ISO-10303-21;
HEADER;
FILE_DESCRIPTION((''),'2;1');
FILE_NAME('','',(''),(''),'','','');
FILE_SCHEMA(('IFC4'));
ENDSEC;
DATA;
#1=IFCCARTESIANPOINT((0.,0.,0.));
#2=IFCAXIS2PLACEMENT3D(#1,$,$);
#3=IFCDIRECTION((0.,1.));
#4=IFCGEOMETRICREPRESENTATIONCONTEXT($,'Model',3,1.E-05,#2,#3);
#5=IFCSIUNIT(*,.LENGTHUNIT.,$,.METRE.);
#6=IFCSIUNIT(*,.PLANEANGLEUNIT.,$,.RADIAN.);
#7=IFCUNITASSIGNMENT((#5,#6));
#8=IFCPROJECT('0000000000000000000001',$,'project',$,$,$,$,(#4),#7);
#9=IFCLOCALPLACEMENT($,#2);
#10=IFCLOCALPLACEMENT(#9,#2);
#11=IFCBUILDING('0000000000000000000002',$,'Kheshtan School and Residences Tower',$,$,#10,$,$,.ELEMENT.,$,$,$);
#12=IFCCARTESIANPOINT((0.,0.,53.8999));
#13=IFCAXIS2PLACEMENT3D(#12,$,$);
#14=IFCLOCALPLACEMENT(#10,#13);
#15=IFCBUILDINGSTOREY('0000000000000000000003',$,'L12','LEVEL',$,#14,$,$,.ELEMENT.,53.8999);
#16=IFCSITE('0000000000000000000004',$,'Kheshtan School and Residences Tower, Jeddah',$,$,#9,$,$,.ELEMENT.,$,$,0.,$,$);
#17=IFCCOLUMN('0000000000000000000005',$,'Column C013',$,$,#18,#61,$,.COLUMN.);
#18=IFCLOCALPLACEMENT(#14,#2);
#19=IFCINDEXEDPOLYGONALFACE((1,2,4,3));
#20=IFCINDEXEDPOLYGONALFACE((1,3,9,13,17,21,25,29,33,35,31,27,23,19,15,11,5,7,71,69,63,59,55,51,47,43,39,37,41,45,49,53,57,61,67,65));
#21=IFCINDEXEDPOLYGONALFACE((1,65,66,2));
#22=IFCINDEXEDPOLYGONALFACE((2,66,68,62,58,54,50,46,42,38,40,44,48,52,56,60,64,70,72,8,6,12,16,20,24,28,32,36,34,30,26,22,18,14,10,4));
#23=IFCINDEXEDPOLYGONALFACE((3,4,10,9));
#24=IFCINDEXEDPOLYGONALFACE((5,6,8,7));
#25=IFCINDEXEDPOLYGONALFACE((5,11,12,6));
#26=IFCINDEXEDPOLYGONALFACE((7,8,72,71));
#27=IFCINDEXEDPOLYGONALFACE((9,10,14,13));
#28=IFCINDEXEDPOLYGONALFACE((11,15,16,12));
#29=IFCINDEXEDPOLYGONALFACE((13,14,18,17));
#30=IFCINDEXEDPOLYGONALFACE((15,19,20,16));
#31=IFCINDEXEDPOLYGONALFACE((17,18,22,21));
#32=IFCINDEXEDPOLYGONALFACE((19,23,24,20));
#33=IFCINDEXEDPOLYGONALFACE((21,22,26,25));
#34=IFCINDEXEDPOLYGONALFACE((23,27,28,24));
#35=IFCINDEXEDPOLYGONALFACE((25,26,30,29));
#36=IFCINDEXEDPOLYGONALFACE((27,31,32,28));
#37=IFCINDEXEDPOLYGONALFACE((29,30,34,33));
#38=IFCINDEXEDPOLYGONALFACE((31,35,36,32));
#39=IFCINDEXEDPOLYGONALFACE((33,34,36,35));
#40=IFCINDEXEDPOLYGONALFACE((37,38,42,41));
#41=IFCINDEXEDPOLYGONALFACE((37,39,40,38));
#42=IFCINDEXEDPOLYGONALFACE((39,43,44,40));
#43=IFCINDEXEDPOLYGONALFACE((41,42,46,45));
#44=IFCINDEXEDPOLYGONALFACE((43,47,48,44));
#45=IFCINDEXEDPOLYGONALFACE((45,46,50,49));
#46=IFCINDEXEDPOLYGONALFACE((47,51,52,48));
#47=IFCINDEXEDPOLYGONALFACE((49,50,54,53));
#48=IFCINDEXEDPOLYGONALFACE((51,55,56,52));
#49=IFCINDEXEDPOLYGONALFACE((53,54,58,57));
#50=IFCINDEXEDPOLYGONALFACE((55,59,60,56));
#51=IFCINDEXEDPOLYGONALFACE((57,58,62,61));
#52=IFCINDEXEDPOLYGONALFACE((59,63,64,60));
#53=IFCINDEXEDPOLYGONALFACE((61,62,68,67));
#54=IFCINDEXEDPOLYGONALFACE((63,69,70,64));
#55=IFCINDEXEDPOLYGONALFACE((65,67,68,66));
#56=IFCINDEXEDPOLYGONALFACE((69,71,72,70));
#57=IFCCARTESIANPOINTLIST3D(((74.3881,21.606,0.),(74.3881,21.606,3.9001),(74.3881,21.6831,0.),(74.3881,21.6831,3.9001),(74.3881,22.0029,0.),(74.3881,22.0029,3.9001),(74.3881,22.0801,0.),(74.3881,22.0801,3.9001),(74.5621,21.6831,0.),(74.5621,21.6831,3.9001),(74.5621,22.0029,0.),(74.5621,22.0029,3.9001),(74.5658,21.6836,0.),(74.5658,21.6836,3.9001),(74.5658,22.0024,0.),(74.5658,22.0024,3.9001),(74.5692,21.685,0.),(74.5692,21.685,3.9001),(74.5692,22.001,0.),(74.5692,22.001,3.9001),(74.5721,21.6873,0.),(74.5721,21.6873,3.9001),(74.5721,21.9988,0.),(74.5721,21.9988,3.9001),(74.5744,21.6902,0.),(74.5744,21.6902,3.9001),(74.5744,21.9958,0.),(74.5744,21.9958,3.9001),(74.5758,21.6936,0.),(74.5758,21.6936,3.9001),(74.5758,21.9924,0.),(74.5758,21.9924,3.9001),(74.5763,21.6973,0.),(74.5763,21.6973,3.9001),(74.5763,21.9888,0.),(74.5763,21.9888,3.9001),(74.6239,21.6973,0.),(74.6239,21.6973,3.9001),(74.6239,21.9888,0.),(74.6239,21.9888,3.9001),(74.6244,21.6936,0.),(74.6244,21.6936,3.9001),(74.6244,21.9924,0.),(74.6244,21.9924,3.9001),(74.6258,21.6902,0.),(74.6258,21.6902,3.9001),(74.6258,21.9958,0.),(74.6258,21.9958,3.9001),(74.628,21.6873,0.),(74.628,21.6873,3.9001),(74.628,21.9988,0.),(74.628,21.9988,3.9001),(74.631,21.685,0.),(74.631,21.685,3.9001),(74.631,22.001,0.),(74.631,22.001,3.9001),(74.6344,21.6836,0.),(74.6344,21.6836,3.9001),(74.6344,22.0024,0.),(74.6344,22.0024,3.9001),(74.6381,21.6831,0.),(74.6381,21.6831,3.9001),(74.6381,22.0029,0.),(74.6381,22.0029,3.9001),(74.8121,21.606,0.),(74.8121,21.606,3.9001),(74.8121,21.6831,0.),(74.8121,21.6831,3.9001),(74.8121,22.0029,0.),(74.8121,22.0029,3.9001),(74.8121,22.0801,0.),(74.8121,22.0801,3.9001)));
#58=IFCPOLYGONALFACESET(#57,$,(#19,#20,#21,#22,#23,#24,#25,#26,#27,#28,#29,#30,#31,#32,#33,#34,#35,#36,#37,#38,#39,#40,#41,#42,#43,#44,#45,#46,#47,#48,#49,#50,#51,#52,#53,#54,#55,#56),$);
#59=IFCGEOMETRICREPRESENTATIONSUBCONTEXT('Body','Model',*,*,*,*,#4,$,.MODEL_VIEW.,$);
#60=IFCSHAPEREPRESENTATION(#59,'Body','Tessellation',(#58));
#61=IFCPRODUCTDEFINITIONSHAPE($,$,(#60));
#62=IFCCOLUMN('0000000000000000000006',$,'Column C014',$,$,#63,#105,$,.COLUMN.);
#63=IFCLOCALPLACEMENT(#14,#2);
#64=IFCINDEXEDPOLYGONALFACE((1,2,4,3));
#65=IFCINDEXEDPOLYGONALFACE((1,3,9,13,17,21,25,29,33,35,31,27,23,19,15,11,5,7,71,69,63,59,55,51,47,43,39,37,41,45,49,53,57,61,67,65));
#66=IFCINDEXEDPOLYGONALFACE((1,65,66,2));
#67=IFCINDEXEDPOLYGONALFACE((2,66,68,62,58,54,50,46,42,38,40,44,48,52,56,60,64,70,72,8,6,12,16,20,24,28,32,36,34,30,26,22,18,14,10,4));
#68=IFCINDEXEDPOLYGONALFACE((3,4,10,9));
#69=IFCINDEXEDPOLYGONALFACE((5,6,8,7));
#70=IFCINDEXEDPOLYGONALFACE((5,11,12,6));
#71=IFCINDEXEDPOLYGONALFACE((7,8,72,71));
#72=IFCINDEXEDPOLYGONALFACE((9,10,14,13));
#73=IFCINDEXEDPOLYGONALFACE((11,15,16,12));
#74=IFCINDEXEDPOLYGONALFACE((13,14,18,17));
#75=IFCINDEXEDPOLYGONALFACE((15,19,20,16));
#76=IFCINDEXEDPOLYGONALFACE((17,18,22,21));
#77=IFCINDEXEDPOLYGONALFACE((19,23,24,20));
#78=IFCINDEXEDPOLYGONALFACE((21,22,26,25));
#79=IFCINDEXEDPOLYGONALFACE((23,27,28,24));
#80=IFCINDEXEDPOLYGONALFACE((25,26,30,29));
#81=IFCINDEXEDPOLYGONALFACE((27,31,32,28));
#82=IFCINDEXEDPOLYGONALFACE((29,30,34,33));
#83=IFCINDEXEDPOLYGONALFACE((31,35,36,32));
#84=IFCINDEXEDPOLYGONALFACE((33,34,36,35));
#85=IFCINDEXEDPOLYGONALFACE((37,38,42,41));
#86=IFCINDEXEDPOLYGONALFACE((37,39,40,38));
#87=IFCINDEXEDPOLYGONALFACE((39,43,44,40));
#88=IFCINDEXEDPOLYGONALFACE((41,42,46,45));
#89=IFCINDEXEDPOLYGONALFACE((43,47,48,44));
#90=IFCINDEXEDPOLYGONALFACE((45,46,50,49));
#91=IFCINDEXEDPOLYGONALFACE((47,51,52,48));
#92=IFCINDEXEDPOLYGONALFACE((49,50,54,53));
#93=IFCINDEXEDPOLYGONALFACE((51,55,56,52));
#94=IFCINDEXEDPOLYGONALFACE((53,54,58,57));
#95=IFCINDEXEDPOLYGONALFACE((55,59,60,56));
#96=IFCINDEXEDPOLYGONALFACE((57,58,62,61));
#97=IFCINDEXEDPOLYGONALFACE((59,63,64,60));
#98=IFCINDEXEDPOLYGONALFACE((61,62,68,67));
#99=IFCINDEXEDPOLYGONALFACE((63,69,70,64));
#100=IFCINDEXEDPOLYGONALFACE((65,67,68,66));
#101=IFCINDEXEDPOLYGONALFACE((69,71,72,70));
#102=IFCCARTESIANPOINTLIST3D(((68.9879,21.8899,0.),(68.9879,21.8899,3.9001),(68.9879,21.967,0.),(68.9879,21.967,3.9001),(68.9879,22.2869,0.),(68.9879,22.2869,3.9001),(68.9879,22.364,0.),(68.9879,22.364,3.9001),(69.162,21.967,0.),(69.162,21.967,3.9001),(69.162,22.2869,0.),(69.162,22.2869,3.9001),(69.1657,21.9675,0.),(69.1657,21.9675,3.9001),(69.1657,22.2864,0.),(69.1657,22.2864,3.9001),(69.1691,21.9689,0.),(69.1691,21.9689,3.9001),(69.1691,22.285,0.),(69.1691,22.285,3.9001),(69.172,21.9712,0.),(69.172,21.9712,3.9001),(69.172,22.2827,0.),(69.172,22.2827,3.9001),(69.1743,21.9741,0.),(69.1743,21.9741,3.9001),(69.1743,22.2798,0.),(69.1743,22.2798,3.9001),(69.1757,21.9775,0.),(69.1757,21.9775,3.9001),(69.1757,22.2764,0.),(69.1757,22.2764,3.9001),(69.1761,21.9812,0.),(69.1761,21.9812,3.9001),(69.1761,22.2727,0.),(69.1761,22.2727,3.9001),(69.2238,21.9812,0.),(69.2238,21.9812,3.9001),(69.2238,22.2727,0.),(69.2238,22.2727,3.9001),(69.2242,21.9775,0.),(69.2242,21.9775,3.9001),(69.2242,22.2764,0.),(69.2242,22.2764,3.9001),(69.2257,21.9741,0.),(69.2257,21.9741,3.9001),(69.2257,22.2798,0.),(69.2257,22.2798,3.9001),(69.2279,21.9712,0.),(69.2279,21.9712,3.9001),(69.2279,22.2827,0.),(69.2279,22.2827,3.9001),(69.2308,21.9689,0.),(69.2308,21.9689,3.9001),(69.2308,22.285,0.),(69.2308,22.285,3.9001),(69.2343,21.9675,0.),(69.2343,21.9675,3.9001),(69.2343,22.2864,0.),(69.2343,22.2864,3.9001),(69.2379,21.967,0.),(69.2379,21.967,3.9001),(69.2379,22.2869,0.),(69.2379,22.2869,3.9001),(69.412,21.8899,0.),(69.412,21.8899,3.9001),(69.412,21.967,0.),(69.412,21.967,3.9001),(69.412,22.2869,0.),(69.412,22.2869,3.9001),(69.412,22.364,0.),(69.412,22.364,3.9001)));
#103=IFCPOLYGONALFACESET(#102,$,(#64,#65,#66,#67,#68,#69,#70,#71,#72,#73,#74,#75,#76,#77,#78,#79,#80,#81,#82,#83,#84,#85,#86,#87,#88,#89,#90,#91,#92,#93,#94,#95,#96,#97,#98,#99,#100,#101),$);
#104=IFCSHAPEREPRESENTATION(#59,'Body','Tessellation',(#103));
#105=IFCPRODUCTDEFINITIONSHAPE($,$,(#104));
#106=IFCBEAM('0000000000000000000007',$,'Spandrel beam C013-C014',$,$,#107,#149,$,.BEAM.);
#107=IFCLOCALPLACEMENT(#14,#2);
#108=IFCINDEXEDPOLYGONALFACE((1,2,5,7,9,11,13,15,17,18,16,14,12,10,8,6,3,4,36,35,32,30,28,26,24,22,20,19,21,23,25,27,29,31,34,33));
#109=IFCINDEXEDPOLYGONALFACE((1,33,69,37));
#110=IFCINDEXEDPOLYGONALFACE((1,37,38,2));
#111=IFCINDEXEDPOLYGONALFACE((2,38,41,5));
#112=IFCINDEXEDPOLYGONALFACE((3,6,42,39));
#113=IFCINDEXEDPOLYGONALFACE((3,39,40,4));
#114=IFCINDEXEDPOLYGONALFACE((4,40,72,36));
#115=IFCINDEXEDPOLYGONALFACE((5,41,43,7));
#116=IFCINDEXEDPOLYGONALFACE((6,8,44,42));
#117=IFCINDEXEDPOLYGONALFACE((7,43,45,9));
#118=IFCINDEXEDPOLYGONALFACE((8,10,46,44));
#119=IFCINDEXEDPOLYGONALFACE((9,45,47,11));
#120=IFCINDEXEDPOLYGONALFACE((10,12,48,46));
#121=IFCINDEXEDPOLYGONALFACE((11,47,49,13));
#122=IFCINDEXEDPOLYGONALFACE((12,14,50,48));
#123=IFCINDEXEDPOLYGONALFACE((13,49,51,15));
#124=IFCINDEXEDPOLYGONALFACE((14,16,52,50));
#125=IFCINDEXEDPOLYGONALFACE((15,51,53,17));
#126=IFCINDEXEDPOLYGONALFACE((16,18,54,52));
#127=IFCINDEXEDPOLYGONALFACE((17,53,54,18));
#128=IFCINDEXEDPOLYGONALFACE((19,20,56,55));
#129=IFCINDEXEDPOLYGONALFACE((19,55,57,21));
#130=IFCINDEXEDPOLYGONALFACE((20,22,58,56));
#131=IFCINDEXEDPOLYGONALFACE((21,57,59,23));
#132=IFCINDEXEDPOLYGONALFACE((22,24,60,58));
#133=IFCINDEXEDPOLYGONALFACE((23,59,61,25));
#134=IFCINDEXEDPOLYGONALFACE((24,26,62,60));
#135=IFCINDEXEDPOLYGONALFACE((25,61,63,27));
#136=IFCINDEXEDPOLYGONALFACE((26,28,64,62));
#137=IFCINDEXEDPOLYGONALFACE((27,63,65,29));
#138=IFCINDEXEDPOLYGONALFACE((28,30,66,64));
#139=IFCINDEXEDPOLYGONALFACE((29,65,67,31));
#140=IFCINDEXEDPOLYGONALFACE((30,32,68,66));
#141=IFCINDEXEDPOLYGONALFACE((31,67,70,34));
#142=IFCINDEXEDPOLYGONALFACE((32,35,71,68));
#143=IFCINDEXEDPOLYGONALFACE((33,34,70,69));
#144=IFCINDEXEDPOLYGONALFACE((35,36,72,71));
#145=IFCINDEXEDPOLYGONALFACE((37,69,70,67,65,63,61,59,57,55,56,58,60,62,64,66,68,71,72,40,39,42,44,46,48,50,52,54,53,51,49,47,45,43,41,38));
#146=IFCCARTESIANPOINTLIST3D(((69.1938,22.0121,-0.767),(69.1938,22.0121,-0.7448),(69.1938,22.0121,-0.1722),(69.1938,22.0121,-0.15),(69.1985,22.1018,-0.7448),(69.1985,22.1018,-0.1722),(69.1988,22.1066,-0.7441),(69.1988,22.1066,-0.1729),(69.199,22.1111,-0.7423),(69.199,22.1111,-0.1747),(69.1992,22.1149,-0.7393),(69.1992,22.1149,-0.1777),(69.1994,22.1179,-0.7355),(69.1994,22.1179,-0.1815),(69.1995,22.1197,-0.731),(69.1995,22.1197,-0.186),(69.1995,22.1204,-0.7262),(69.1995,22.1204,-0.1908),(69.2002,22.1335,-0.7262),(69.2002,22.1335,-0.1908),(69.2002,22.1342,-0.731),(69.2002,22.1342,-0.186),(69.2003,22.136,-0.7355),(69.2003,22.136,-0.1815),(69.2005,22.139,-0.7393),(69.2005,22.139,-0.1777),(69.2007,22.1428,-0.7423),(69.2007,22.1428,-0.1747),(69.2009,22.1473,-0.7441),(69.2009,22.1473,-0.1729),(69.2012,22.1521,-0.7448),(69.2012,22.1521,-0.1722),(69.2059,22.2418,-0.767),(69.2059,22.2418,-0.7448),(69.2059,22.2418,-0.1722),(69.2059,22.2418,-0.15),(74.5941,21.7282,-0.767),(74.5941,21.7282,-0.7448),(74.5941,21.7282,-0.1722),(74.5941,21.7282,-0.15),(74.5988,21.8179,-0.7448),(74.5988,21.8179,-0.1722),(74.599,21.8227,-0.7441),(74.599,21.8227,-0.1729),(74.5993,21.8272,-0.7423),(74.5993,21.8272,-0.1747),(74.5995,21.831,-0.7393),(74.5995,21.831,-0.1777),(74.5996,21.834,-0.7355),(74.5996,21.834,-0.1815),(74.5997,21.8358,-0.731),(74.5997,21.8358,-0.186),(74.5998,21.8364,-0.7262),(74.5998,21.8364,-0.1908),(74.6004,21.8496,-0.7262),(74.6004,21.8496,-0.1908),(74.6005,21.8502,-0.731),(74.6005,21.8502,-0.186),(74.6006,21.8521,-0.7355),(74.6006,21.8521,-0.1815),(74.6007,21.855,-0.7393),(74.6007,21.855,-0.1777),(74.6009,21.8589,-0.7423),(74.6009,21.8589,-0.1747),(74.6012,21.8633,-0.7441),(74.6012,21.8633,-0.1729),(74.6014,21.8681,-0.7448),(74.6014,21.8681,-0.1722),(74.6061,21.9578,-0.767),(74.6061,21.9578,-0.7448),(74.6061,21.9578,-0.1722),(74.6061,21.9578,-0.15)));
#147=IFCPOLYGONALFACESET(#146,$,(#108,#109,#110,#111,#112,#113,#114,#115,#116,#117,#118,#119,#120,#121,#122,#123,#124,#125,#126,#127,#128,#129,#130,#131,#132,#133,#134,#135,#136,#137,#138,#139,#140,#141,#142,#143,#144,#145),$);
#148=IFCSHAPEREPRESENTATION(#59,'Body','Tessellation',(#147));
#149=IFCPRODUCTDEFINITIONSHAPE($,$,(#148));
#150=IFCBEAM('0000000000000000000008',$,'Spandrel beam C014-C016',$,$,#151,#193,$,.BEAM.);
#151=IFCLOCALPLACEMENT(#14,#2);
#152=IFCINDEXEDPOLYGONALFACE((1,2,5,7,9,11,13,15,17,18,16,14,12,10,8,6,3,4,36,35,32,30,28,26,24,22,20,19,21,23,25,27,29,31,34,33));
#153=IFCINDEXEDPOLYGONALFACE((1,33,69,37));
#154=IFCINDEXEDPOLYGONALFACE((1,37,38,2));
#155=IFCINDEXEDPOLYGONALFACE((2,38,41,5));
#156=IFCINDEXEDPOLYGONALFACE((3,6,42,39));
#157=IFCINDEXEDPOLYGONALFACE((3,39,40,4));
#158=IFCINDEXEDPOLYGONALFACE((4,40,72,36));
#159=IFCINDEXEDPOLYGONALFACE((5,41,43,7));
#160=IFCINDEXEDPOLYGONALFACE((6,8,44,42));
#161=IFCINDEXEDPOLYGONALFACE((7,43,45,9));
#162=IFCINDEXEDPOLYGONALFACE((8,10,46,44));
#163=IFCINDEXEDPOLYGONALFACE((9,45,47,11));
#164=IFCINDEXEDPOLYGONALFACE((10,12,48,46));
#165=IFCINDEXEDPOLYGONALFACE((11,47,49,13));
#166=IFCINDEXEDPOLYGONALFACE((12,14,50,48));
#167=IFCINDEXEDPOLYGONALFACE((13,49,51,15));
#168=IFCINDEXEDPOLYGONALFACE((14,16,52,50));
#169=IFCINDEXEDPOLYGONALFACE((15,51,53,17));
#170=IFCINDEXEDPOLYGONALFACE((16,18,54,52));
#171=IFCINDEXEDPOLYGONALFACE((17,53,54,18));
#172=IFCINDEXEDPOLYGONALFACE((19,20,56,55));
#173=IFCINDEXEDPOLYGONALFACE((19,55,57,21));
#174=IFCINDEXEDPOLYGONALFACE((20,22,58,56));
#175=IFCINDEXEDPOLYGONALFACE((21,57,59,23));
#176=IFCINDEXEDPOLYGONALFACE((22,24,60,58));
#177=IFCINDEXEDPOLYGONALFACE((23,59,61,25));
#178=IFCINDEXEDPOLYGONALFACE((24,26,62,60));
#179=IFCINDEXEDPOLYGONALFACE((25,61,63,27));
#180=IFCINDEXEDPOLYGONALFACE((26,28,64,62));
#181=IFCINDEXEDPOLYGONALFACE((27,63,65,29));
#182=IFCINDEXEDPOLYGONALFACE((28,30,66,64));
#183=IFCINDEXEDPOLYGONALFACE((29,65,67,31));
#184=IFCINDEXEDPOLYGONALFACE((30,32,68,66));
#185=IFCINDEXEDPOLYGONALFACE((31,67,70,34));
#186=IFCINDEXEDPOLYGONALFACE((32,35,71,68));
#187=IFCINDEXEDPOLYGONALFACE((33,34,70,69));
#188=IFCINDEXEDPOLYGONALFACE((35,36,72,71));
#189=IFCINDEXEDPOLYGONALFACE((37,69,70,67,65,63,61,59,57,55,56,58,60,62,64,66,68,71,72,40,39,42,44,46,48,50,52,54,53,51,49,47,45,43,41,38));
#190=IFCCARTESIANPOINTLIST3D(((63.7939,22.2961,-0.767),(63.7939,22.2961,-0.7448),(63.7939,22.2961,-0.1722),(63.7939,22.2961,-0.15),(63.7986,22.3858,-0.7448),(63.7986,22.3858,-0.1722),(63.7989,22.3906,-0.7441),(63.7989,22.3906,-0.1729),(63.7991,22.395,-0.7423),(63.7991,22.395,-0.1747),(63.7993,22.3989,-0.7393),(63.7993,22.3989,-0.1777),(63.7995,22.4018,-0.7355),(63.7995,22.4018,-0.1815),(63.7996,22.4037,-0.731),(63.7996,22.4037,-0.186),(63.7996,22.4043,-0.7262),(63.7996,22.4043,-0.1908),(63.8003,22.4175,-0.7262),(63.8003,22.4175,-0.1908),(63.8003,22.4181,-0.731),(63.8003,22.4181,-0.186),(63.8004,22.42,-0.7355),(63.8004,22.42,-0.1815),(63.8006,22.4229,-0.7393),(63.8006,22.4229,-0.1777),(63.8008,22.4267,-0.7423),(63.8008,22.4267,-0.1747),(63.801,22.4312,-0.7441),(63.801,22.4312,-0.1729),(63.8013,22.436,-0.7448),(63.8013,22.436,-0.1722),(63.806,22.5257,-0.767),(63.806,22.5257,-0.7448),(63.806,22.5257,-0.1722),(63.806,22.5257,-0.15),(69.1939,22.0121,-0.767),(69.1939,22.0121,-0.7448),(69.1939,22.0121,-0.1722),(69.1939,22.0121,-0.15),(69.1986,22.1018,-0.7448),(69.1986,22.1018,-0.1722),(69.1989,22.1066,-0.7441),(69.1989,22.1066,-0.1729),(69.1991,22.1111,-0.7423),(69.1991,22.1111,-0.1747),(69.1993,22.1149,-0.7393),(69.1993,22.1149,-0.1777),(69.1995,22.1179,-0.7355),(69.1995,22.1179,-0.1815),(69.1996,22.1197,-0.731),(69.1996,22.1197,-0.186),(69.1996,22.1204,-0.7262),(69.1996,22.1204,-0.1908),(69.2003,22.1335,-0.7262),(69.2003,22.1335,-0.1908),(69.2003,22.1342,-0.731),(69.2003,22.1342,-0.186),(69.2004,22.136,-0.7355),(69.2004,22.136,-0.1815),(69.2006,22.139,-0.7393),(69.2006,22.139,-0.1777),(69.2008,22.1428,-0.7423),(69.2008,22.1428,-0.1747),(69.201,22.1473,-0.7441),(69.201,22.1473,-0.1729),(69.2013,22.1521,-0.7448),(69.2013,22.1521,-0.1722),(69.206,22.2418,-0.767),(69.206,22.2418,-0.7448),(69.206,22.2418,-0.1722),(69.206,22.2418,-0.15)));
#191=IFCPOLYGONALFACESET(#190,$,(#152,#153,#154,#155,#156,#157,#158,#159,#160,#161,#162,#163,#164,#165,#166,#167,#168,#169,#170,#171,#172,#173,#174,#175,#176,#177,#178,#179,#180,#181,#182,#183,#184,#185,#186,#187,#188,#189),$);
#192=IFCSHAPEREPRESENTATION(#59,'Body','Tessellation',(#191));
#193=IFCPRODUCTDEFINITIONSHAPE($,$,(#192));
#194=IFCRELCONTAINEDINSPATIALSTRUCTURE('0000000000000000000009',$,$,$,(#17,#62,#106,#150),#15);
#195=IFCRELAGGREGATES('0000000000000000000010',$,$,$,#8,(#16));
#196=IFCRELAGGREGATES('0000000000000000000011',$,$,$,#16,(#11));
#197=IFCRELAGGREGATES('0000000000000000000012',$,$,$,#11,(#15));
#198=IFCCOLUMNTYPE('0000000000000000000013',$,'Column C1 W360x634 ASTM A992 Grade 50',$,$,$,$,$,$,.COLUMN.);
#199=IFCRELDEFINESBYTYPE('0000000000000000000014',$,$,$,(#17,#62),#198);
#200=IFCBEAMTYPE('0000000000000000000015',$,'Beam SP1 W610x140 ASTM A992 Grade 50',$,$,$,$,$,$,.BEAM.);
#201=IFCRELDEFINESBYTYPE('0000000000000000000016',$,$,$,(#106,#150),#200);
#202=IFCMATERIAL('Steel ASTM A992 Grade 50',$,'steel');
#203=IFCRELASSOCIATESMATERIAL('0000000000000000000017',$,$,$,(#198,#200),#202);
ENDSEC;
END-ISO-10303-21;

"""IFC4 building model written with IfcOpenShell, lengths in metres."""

from ifc_helpers import new_model, si_unit, direction, frame, origin, origin_2d, place, context, subcontext, project, spatial, i_section, extrude, material, material_profile, profile_set, type_object, element, save


model = new_model("IFC4")

# Units and contexts
model_context = context("Model", 3, precision=1e-05, world=origin(), true_north=direction((0.0, 1.0)))
body_context = subcontext(model_context, "Body", "Model", "MODEL_VIEW")
ifc_project = project(units=[si_unit("LENGTHUNIT", "METRE"), si_unit("PLANEANGLEUNIT", "RADIAN")], contexts=[model_context])

# Site, building, storey
site_placement = place(None, origin())
site = spatial("IfcSite", under=ifc_project, at=site_placement, Name="Kheshtan School and Residences Tower, Jeddah", CompositionType="ELEMENT", RefElevation=0.0)
building_placement = place(site_placement, origin())
building = spatial("IfcBuilding", under=site, at=building_placement, Name="Kheshtan School and Residences Tower", CompositionType="ELEMENT")
storey_placement = place(building_placement, frame((0.0, 0.0, 53.8999)))
storey = spatial("IfcBuildingStorey", under=building, at=storey_placement, Name="L12", Description="LEVEL", CompositionType="ELEMENT", Elevation=53.8999)

# Columns
ifc_material_1 = material(Name="Steel ASTM A992 Grade 50", Category="steel")
ifc_material_profile_1 = material_profile(ifc_material_1, i_section(OverallWidth=0.4241, OverallDepth=0.4741, WebThickness=0.0476, FlangeThickness=0.0771, FilletRadius=0.0142, at=origin_2d()), Name="W360x634")
ifc_profile_set_1 = profile_set([ifc_material_profile_1], Name="Steel ASTM A992 Grade 50")
column_type = type_object("IfcColumnType", Name="Column C1 W360x634 ASTM A992 Grade 50", PredefinedType="COLUMN", material=ifc_profile_set_1)
for number, where, z_axis, x_axis, name in (
    (1, (74.6001, 21.843, 0.0), (0.0, 0.0, 1.0), (1.0, 0.0, 0.0), "Column C013"),
    (2, (69.2, 22.127, 0.0), (0.0, 0.0, 1.0), (1.0, 0.0, 0.0), "Column C014"),
):
    element("IfcColumn", number, at=place(storey_placement, frame(where, z_axis=z_axis, x_axis=x_axis)), inside=storey, type_object=column_type, Name=name, PredefinedType="COLUMN", context=body_context, shape_type="SweptSolid", body=[
        extrude(i_section(OverallWidth=0.4241, OverallDepth=0.4741, WebThickness=0.0476, FlangeThickness=0.0771, FilletRadius=0.0142, at=origin_2d()), origin(), (0.0, 0.0, 1.0), 3.9001),
    ])

# Beams
ifc_material_profile_2 = material_profile(ifc_material_1, i_section(OverallWidth=0.23, OverallDepth=0.6169, WebThickness=0.0132, FlangeThickness=0.0222, FilletRadius=0.0186, at=origin_2d()), Name="W610x140")
ifc_profile_set_2 = profile_set([ifc_material_profile_2], Name="Steel ASTM A992 Grade 50")
beam_type = type_object("IfcBeamType", Name="Beam SP1 W610x140 ASTM A992 Grade 50", PredefinedType="BEAM", material=ifc_profile_set_2)
beam_1_placement = place(storey_placement, frame((74.6001, 21.843, -0.4585), z_axis=(-0.998621, 0.052507, 0.0), x_axis=(-0.052507, -0.998621, 0.0)))
element("IfcBeam", 3, at=beam_1_placement, inside=storey, type_object=beam_type, Name="Spandrel beam C013-C014", PredefinedType="BEAM", context=body_context, shape_type="SweptSolid", body=[
    extrude(i_section(OverallWidth=0.23, OverallDepth=0.6169, WebThickness=0.0132, FlangeThickness=0.0222, FilletRadius=0.0186, at=origin_2d()), origin(), (0.0, 0.0, 1.0), 5.4077),
])
beam_2_placement = place(storey_placement, frame((69.2, 22.127, -0.4585), z_axis=(-0.99862, 0.052509, 0.0), x_axis=(-0.052509, -0.99862, 0.0)))
element("IfcBeam", 4, at=beam_2_placement, inside=storey, type_object=beam_type, Name="Spandrel beam C014-C016", PredefinedType="BEAM", context=body_context, shape_type="SweptSolid", body=[
    extrude(i_section(OverallWidth=0.23, OverallDepth=0.6169, WebThickness=0.0132, FlangeThickness=0.0222, FilletRadius=0.0186, at=origin_2d()), origin(), (0.0, 0.0, 1.0), 5.4075),
])

save(model, "model.ifc")
